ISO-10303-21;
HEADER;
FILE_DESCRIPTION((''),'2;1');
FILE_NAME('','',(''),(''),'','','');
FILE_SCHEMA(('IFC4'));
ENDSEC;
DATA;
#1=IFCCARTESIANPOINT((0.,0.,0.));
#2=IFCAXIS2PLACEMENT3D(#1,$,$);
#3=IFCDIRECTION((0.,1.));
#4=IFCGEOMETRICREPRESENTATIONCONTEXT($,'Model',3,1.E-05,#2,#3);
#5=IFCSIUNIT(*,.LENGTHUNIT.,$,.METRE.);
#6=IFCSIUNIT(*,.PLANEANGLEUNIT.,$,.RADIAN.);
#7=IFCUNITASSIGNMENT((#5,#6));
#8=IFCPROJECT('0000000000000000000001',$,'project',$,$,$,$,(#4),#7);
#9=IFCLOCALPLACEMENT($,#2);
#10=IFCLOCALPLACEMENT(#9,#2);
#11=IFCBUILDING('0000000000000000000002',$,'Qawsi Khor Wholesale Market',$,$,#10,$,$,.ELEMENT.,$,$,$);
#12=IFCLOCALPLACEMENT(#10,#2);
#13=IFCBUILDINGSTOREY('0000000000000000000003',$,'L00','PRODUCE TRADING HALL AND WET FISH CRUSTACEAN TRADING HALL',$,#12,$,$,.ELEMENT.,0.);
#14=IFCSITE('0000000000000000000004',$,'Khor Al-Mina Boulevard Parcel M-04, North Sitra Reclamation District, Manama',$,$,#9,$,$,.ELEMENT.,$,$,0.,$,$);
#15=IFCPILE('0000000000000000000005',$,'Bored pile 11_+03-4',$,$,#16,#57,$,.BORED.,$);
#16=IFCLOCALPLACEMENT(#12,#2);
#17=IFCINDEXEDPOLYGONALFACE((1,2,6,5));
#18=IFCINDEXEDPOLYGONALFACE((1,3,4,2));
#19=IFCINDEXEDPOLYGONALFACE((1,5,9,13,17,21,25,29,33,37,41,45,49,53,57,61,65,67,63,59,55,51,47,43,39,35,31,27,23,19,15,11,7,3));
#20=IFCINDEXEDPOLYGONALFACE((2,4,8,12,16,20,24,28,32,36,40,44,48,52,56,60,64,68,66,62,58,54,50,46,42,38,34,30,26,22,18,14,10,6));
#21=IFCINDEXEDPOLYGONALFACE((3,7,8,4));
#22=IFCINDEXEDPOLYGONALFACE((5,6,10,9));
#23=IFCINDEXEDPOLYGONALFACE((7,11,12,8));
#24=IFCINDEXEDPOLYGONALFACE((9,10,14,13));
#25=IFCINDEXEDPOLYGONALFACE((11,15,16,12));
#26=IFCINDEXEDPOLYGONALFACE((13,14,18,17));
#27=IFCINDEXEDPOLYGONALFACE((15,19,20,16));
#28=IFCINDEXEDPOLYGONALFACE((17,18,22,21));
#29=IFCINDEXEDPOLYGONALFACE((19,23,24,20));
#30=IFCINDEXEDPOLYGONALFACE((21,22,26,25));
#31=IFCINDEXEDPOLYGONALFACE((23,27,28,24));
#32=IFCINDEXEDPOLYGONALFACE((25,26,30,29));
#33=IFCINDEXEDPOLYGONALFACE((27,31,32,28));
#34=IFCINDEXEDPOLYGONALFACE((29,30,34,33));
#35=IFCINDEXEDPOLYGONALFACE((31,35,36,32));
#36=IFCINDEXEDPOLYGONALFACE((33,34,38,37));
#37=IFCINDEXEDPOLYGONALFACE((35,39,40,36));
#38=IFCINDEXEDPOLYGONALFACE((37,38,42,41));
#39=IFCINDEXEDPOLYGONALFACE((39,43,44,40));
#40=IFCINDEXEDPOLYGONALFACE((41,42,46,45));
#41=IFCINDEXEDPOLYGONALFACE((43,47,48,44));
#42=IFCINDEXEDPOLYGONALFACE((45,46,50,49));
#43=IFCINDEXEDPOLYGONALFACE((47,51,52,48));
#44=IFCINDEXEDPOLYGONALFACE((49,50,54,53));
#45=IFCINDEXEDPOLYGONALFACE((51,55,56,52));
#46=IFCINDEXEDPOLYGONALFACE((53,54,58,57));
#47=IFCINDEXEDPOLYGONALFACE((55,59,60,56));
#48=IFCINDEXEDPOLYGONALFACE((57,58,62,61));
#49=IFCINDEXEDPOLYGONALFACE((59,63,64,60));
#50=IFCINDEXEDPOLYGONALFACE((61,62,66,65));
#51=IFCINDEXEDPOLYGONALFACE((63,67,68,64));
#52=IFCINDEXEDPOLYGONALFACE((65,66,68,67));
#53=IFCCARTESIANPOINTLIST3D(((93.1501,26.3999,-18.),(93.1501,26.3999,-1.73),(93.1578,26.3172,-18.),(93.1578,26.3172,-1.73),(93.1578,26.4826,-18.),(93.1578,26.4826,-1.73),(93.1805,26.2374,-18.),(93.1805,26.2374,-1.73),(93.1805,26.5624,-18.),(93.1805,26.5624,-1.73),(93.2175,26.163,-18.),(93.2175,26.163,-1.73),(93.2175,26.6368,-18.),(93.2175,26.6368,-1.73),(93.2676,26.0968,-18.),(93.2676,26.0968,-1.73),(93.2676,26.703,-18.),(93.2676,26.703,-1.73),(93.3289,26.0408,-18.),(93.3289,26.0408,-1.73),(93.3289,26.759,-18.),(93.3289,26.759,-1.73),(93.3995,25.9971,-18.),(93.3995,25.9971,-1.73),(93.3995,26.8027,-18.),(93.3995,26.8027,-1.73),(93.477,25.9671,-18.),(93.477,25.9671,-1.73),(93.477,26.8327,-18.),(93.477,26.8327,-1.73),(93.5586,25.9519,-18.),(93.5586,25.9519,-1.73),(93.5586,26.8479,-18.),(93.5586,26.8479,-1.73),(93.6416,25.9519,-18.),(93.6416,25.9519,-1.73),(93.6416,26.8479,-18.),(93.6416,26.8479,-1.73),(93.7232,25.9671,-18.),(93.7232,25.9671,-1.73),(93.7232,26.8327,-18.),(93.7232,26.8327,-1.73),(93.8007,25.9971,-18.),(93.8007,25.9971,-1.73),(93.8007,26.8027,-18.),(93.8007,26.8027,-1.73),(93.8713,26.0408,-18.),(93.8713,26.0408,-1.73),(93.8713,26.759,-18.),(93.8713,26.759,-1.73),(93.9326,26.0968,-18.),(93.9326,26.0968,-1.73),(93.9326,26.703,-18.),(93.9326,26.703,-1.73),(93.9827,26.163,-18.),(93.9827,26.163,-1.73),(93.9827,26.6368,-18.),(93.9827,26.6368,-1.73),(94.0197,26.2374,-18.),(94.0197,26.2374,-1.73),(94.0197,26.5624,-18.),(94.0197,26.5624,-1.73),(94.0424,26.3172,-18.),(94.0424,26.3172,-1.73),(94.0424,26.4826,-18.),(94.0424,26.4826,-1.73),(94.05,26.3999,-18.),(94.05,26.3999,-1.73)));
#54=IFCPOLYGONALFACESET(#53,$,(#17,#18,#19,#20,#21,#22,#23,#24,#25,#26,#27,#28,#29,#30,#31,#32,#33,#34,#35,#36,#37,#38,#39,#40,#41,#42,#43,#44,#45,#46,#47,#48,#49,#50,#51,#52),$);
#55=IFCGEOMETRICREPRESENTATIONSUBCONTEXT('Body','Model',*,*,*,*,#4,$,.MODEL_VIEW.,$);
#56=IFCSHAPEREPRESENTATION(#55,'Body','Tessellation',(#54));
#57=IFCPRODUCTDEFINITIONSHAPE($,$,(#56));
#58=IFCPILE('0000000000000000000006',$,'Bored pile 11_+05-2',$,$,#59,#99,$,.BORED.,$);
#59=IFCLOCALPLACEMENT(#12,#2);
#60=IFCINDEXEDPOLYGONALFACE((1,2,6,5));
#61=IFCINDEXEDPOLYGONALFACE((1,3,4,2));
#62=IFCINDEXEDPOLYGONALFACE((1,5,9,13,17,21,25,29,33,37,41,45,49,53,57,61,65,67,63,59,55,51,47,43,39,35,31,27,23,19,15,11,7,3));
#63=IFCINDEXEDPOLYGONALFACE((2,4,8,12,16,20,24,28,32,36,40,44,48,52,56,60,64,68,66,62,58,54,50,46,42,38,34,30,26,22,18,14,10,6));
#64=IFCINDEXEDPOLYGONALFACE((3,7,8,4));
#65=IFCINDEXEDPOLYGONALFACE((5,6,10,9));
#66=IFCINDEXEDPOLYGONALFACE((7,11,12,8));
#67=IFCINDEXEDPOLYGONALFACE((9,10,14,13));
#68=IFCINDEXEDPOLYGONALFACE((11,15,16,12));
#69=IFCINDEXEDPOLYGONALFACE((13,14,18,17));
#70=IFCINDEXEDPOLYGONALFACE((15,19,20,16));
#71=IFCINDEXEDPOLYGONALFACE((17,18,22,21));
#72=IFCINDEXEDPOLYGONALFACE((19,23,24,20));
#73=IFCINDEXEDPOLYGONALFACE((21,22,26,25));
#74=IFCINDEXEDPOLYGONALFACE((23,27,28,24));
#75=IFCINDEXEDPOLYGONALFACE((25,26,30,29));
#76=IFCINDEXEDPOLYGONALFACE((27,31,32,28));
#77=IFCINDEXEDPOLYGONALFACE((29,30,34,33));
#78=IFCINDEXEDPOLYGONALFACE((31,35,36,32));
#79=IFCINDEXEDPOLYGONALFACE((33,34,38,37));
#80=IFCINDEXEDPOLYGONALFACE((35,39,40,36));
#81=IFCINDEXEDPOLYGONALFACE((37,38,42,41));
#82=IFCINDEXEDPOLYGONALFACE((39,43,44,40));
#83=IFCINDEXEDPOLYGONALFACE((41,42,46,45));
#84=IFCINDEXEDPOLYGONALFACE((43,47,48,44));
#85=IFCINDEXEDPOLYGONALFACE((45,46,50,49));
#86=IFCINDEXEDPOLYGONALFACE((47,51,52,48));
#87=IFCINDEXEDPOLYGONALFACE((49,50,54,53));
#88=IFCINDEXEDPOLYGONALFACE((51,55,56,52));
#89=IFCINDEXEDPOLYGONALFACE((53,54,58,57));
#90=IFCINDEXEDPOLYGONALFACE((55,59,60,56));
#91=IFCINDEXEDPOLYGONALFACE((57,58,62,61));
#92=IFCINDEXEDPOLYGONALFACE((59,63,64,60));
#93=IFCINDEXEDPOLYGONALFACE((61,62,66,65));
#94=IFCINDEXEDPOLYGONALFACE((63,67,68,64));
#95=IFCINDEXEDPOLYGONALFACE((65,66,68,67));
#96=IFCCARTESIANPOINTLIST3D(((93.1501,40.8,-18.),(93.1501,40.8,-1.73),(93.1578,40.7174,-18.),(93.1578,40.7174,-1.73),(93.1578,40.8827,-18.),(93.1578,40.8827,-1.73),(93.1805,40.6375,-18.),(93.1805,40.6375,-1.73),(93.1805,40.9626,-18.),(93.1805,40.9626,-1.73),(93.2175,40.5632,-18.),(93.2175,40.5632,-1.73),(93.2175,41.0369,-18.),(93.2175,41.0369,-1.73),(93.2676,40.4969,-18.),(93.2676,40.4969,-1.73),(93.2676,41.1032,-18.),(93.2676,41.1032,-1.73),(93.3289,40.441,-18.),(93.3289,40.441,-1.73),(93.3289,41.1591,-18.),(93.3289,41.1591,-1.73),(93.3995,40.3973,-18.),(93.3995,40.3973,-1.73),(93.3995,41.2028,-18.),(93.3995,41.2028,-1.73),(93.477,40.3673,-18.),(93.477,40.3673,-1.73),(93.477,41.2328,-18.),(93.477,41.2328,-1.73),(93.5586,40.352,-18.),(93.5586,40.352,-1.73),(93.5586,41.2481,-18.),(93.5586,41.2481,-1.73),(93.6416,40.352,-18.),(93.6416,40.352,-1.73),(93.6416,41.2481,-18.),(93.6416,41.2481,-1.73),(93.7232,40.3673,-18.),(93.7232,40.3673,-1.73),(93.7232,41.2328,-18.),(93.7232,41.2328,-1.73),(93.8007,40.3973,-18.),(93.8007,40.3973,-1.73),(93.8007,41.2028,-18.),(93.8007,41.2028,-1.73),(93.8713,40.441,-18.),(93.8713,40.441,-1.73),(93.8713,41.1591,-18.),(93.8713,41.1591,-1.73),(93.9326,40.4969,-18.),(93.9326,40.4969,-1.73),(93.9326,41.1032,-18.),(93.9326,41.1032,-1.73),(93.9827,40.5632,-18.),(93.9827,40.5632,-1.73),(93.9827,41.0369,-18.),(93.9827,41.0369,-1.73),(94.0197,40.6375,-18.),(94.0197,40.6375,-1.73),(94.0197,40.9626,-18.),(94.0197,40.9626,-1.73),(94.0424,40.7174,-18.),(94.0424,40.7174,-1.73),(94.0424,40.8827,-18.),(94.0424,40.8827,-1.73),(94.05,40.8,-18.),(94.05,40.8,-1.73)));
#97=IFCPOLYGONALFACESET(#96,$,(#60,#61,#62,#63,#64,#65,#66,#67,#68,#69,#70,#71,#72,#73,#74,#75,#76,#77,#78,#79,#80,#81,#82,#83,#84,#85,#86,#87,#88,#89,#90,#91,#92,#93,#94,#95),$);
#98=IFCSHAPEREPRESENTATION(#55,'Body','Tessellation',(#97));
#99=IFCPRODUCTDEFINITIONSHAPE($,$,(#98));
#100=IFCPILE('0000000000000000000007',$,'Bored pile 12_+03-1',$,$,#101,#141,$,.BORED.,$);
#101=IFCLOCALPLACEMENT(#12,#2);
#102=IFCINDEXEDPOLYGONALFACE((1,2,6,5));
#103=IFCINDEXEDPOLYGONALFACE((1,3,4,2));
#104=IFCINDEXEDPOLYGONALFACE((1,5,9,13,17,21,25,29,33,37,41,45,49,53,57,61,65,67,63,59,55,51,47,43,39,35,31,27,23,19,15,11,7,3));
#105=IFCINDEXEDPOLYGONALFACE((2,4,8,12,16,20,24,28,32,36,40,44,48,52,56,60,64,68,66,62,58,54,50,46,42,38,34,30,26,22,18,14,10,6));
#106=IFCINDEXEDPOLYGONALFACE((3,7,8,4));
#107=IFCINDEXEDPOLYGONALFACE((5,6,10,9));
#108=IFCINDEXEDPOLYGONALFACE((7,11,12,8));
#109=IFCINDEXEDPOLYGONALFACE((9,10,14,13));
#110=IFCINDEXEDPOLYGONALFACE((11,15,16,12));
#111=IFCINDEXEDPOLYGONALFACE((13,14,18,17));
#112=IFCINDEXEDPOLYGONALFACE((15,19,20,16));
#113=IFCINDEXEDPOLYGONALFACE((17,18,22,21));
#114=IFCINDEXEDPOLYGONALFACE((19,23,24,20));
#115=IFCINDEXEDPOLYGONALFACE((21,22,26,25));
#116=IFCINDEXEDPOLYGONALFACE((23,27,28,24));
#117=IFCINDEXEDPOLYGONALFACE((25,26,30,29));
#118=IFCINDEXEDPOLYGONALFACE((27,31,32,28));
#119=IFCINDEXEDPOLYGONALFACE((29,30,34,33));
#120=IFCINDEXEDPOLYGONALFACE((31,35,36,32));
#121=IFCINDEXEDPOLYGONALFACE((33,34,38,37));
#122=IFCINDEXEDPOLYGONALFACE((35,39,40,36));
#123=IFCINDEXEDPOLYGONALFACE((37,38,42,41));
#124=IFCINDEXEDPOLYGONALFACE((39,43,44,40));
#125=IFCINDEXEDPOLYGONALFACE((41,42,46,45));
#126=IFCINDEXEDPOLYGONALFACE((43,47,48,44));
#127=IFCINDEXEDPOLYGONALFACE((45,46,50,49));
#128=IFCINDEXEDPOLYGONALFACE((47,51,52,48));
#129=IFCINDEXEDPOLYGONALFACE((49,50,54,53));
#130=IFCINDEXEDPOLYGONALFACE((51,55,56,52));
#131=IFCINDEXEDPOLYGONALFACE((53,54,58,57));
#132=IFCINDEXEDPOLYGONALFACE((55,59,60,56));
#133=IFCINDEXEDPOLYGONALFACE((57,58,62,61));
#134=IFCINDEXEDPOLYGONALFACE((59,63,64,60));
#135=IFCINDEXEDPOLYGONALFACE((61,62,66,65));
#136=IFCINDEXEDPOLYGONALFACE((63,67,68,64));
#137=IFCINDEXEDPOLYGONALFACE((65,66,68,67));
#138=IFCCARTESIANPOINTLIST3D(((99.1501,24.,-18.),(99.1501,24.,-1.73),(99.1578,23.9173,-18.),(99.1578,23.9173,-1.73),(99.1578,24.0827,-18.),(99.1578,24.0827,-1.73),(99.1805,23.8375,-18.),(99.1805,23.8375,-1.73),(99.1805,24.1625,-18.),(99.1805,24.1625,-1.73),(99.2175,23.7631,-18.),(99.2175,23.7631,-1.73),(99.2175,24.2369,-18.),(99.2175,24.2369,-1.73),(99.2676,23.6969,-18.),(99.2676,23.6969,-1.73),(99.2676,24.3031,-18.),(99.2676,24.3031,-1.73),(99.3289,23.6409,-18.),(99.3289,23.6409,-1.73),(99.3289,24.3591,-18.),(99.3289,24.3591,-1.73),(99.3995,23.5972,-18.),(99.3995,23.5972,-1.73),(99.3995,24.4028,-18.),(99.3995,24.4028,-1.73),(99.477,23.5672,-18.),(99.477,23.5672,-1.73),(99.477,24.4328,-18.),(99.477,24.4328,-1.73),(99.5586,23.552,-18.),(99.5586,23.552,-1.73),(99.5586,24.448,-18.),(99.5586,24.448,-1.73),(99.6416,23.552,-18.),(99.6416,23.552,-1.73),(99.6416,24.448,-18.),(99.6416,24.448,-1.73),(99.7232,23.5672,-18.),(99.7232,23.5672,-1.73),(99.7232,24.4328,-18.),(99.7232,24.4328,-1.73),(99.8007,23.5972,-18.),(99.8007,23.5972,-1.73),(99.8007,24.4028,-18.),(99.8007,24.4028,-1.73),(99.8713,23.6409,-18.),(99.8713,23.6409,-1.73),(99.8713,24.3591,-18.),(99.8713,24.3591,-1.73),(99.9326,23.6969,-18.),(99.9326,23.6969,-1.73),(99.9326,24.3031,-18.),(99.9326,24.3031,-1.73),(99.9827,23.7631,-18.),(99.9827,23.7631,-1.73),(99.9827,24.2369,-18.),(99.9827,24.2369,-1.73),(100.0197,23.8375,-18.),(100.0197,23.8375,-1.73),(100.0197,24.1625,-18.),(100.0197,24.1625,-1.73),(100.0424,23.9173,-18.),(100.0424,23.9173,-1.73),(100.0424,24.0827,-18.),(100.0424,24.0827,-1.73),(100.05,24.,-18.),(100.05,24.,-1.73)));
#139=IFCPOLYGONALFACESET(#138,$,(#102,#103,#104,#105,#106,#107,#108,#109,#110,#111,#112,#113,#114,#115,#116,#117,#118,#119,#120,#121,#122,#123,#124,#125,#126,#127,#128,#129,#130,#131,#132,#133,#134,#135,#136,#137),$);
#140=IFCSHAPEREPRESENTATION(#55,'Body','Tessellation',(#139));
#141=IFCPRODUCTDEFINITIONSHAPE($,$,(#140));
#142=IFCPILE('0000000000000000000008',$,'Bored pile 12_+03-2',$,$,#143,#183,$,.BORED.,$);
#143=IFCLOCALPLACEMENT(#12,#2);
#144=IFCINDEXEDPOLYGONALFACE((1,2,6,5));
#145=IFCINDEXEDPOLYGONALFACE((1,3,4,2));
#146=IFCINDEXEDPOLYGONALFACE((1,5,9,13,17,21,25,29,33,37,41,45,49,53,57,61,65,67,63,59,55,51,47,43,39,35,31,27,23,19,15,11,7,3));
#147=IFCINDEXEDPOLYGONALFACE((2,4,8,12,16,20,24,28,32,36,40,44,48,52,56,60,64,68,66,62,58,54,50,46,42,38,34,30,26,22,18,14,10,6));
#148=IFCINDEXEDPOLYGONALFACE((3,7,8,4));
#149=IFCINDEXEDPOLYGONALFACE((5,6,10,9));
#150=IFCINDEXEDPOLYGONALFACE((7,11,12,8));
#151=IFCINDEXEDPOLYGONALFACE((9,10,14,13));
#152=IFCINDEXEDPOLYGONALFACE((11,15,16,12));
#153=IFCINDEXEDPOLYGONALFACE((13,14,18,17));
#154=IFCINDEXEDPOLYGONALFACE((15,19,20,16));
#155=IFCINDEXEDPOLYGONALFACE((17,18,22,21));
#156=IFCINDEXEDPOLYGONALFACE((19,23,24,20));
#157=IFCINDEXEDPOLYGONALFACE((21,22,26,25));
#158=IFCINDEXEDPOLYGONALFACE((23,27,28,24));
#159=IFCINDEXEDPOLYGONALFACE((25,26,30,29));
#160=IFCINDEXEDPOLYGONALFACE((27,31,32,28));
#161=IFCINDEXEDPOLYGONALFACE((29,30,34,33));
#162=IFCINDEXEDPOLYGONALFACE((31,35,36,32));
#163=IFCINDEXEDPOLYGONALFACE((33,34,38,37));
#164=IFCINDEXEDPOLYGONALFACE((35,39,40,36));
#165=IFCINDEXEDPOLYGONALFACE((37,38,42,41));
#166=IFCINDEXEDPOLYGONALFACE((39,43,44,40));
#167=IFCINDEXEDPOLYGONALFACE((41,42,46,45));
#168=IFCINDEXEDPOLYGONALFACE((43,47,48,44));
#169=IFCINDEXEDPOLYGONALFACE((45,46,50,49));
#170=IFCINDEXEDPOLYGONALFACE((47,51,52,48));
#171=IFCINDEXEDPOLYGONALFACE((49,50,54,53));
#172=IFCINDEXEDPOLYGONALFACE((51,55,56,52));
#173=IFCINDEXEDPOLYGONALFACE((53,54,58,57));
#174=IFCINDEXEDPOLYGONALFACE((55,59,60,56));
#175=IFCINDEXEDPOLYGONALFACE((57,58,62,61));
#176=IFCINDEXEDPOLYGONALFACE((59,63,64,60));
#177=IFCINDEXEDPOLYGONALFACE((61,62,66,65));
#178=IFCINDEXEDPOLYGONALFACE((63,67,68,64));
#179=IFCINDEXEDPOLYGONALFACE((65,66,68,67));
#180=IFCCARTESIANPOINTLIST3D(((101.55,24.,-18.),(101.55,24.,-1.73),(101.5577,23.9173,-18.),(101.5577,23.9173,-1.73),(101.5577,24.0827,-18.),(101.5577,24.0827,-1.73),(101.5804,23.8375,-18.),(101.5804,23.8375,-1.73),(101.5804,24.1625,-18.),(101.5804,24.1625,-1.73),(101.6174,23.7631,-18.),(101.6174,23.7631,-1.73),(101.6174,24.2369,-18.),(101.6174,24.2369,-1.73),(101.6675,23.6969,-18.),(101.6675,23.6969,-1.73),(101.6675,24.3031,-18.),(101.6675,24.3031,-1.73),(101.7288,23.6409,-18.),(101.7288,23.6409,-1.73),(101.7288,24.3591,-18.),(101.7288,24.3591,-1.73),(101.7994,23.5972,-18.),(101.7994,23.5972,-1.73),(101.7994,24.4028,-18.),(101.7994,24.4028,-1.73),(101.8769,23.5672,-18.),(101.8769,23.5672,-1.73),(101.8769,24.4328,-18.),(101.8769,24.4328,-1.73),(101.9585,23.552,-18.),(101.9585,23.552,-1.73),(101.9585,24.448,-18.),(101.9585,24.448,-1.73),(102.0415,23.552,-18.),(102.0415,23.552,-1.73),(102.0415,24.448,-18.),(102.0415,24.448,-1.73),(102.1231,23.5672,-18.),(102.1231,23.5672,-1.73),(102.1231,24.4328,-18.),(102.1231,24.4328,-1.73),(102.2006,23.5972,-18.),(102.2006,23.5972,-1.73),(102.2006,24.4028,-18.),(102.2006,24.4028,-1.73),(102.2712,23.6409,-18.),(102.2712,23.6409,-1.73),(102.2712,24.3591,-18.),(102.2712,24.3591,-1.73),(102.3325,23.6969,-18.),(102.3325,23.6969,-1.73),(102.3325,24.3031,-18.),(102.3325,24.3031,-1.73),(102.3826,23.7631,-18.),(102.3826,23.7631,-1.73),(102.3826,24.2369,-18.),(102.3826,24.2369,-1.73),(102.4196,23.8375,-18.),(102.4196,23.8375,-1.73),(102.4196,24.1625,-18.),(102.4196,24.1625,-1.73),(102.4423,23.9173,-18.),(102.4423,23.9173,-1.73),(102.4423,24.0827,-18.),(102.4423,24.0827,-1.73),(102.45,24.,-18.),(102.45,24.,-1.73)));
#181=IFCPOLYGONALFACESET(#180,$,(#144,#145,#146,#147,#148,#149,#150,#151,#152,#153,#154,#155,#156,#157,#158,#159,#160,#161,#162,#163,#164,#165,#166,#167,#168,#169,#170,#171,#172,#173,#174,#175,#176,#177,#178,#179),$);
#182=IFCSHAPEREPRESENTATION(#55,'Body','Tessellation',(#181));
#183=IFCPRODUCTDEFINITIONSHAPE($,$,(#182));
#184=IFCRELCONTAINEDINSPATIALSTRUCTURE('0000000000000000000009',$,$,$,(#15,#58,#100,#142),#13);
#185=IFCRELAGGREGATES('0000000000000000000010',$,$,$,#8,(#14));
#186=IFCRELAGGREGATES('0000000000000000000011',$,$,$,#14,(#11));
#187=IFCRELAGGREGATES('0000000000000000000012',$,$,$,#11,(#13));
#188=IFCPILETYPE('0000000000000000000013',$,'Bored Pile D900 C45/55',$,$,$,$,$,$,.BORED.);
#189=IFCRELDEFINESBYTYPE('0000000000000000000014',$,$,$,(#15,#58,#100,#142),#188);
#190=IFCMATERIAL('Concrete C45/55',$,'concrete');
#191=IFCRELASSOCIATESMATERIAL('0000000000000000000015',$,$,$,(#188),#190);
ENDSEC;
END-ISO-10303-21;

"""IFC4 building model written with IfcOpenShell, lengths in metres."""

from ifc_helpers import new_model, si_unit, direction, frame, origin, origin_2d, place, context, subcontext, project, spatial, circle, extrude, material, material_profile, profile_set, type_object, element, save


model = new_model("IFC4")

# Units and contexts
model_context = context("Model", 3, precision=1e-05, world=origin(), true_north=direction((0.0, 1.0)))
body_context = subcontext(model_context, "Body", "Model", "MODEL_VIEW")
ifc_project = project(units=[si_unit("LENGTHUNIT", "METRE"), si_unit("PLANEANGLEUNIT", "RADIAN")], contexts=[model_context])

# Site, building, storey
site_placement = place(None, origin())
site = spatial("IfcSite", under=ifc_project, at=site_placement, Name="Khor Al-Mina Boulevard Parcel M-04, North Sitra Reclamation District, Manama", CompositionType="ELEMENT", RefElevation=0.0)
building_placement = place(site_placement, origin())
building = spatial("IfcBuilding", under=site, at=building_placement, Name="Qawsi Khor Wholesale Market", CompositionType="ELEMENT")
storey_placement = place(building_placement, origin())
storey = spatial("IfcBuildingStorey", under=building, at=storey_placement, Name="L00", Description="PRODUCE TRADING HALL AND WET FISH CRUSTACEAN TRADING HALL", CompositionType="ELEMENT", Elevation=0.0)

# Piles
ifc_material_1 = material(Name="Concrete C45/55", Category="concrete")
ifc_material_profile_1 = material_profile(ifc_material_1, circle(Radius=0.45, at=origin_2d()), Name="PILE D900")
ifc_profile_set_1 = profile_set([ifc_material_profile_1], Name="Concrete C45/55")
pile_type_1 = type_object("IfcPileType", Name="Bored Pile D900 C45/55", PredefinedType="BORED", material=ifc_profile_set_1)
for number, where, z_axis, x_axis, name in (
    (1, (93.6001, 26.3999, -1.73), (0.0, 0.0, -1.0), (1.0, 0.0, 0.0), "Bored pile 11_+03-4"),
    (2, (93.6001, 40.8, -1.73), (0.0, 0.0, -1.0), (1.0, 0.0, 0.0), "Bored pile 11_+05-2"),
    (3, (99.6001, 24.0, -1.73), (0.0, 0.0, -1.0), (1.0, 0.0, 0.0), "Bored pile 12_+03-1"),
    (4, (102.0, 24.0, -1.73), (0.0, 0.0, -1.0), (1.0, 0.0, 0.0), "Bored pile 12_+03-2"),
):
    element("IfcPile", number, at=place(storey_placement, frame(where, z_axis=z_axis, x_axis=x_axis)), inside=storey, type_object=pile_type_1, Name=name, PredefinedType="BORED", context=body_context, shape_type="SweptSolid", body=[
        extrude(circle(Radius=0.45, at=origin_2d()), origin(), (0.0, 0.0, 1.0), 16.27),
    ])

save(model, "model.ifc")
